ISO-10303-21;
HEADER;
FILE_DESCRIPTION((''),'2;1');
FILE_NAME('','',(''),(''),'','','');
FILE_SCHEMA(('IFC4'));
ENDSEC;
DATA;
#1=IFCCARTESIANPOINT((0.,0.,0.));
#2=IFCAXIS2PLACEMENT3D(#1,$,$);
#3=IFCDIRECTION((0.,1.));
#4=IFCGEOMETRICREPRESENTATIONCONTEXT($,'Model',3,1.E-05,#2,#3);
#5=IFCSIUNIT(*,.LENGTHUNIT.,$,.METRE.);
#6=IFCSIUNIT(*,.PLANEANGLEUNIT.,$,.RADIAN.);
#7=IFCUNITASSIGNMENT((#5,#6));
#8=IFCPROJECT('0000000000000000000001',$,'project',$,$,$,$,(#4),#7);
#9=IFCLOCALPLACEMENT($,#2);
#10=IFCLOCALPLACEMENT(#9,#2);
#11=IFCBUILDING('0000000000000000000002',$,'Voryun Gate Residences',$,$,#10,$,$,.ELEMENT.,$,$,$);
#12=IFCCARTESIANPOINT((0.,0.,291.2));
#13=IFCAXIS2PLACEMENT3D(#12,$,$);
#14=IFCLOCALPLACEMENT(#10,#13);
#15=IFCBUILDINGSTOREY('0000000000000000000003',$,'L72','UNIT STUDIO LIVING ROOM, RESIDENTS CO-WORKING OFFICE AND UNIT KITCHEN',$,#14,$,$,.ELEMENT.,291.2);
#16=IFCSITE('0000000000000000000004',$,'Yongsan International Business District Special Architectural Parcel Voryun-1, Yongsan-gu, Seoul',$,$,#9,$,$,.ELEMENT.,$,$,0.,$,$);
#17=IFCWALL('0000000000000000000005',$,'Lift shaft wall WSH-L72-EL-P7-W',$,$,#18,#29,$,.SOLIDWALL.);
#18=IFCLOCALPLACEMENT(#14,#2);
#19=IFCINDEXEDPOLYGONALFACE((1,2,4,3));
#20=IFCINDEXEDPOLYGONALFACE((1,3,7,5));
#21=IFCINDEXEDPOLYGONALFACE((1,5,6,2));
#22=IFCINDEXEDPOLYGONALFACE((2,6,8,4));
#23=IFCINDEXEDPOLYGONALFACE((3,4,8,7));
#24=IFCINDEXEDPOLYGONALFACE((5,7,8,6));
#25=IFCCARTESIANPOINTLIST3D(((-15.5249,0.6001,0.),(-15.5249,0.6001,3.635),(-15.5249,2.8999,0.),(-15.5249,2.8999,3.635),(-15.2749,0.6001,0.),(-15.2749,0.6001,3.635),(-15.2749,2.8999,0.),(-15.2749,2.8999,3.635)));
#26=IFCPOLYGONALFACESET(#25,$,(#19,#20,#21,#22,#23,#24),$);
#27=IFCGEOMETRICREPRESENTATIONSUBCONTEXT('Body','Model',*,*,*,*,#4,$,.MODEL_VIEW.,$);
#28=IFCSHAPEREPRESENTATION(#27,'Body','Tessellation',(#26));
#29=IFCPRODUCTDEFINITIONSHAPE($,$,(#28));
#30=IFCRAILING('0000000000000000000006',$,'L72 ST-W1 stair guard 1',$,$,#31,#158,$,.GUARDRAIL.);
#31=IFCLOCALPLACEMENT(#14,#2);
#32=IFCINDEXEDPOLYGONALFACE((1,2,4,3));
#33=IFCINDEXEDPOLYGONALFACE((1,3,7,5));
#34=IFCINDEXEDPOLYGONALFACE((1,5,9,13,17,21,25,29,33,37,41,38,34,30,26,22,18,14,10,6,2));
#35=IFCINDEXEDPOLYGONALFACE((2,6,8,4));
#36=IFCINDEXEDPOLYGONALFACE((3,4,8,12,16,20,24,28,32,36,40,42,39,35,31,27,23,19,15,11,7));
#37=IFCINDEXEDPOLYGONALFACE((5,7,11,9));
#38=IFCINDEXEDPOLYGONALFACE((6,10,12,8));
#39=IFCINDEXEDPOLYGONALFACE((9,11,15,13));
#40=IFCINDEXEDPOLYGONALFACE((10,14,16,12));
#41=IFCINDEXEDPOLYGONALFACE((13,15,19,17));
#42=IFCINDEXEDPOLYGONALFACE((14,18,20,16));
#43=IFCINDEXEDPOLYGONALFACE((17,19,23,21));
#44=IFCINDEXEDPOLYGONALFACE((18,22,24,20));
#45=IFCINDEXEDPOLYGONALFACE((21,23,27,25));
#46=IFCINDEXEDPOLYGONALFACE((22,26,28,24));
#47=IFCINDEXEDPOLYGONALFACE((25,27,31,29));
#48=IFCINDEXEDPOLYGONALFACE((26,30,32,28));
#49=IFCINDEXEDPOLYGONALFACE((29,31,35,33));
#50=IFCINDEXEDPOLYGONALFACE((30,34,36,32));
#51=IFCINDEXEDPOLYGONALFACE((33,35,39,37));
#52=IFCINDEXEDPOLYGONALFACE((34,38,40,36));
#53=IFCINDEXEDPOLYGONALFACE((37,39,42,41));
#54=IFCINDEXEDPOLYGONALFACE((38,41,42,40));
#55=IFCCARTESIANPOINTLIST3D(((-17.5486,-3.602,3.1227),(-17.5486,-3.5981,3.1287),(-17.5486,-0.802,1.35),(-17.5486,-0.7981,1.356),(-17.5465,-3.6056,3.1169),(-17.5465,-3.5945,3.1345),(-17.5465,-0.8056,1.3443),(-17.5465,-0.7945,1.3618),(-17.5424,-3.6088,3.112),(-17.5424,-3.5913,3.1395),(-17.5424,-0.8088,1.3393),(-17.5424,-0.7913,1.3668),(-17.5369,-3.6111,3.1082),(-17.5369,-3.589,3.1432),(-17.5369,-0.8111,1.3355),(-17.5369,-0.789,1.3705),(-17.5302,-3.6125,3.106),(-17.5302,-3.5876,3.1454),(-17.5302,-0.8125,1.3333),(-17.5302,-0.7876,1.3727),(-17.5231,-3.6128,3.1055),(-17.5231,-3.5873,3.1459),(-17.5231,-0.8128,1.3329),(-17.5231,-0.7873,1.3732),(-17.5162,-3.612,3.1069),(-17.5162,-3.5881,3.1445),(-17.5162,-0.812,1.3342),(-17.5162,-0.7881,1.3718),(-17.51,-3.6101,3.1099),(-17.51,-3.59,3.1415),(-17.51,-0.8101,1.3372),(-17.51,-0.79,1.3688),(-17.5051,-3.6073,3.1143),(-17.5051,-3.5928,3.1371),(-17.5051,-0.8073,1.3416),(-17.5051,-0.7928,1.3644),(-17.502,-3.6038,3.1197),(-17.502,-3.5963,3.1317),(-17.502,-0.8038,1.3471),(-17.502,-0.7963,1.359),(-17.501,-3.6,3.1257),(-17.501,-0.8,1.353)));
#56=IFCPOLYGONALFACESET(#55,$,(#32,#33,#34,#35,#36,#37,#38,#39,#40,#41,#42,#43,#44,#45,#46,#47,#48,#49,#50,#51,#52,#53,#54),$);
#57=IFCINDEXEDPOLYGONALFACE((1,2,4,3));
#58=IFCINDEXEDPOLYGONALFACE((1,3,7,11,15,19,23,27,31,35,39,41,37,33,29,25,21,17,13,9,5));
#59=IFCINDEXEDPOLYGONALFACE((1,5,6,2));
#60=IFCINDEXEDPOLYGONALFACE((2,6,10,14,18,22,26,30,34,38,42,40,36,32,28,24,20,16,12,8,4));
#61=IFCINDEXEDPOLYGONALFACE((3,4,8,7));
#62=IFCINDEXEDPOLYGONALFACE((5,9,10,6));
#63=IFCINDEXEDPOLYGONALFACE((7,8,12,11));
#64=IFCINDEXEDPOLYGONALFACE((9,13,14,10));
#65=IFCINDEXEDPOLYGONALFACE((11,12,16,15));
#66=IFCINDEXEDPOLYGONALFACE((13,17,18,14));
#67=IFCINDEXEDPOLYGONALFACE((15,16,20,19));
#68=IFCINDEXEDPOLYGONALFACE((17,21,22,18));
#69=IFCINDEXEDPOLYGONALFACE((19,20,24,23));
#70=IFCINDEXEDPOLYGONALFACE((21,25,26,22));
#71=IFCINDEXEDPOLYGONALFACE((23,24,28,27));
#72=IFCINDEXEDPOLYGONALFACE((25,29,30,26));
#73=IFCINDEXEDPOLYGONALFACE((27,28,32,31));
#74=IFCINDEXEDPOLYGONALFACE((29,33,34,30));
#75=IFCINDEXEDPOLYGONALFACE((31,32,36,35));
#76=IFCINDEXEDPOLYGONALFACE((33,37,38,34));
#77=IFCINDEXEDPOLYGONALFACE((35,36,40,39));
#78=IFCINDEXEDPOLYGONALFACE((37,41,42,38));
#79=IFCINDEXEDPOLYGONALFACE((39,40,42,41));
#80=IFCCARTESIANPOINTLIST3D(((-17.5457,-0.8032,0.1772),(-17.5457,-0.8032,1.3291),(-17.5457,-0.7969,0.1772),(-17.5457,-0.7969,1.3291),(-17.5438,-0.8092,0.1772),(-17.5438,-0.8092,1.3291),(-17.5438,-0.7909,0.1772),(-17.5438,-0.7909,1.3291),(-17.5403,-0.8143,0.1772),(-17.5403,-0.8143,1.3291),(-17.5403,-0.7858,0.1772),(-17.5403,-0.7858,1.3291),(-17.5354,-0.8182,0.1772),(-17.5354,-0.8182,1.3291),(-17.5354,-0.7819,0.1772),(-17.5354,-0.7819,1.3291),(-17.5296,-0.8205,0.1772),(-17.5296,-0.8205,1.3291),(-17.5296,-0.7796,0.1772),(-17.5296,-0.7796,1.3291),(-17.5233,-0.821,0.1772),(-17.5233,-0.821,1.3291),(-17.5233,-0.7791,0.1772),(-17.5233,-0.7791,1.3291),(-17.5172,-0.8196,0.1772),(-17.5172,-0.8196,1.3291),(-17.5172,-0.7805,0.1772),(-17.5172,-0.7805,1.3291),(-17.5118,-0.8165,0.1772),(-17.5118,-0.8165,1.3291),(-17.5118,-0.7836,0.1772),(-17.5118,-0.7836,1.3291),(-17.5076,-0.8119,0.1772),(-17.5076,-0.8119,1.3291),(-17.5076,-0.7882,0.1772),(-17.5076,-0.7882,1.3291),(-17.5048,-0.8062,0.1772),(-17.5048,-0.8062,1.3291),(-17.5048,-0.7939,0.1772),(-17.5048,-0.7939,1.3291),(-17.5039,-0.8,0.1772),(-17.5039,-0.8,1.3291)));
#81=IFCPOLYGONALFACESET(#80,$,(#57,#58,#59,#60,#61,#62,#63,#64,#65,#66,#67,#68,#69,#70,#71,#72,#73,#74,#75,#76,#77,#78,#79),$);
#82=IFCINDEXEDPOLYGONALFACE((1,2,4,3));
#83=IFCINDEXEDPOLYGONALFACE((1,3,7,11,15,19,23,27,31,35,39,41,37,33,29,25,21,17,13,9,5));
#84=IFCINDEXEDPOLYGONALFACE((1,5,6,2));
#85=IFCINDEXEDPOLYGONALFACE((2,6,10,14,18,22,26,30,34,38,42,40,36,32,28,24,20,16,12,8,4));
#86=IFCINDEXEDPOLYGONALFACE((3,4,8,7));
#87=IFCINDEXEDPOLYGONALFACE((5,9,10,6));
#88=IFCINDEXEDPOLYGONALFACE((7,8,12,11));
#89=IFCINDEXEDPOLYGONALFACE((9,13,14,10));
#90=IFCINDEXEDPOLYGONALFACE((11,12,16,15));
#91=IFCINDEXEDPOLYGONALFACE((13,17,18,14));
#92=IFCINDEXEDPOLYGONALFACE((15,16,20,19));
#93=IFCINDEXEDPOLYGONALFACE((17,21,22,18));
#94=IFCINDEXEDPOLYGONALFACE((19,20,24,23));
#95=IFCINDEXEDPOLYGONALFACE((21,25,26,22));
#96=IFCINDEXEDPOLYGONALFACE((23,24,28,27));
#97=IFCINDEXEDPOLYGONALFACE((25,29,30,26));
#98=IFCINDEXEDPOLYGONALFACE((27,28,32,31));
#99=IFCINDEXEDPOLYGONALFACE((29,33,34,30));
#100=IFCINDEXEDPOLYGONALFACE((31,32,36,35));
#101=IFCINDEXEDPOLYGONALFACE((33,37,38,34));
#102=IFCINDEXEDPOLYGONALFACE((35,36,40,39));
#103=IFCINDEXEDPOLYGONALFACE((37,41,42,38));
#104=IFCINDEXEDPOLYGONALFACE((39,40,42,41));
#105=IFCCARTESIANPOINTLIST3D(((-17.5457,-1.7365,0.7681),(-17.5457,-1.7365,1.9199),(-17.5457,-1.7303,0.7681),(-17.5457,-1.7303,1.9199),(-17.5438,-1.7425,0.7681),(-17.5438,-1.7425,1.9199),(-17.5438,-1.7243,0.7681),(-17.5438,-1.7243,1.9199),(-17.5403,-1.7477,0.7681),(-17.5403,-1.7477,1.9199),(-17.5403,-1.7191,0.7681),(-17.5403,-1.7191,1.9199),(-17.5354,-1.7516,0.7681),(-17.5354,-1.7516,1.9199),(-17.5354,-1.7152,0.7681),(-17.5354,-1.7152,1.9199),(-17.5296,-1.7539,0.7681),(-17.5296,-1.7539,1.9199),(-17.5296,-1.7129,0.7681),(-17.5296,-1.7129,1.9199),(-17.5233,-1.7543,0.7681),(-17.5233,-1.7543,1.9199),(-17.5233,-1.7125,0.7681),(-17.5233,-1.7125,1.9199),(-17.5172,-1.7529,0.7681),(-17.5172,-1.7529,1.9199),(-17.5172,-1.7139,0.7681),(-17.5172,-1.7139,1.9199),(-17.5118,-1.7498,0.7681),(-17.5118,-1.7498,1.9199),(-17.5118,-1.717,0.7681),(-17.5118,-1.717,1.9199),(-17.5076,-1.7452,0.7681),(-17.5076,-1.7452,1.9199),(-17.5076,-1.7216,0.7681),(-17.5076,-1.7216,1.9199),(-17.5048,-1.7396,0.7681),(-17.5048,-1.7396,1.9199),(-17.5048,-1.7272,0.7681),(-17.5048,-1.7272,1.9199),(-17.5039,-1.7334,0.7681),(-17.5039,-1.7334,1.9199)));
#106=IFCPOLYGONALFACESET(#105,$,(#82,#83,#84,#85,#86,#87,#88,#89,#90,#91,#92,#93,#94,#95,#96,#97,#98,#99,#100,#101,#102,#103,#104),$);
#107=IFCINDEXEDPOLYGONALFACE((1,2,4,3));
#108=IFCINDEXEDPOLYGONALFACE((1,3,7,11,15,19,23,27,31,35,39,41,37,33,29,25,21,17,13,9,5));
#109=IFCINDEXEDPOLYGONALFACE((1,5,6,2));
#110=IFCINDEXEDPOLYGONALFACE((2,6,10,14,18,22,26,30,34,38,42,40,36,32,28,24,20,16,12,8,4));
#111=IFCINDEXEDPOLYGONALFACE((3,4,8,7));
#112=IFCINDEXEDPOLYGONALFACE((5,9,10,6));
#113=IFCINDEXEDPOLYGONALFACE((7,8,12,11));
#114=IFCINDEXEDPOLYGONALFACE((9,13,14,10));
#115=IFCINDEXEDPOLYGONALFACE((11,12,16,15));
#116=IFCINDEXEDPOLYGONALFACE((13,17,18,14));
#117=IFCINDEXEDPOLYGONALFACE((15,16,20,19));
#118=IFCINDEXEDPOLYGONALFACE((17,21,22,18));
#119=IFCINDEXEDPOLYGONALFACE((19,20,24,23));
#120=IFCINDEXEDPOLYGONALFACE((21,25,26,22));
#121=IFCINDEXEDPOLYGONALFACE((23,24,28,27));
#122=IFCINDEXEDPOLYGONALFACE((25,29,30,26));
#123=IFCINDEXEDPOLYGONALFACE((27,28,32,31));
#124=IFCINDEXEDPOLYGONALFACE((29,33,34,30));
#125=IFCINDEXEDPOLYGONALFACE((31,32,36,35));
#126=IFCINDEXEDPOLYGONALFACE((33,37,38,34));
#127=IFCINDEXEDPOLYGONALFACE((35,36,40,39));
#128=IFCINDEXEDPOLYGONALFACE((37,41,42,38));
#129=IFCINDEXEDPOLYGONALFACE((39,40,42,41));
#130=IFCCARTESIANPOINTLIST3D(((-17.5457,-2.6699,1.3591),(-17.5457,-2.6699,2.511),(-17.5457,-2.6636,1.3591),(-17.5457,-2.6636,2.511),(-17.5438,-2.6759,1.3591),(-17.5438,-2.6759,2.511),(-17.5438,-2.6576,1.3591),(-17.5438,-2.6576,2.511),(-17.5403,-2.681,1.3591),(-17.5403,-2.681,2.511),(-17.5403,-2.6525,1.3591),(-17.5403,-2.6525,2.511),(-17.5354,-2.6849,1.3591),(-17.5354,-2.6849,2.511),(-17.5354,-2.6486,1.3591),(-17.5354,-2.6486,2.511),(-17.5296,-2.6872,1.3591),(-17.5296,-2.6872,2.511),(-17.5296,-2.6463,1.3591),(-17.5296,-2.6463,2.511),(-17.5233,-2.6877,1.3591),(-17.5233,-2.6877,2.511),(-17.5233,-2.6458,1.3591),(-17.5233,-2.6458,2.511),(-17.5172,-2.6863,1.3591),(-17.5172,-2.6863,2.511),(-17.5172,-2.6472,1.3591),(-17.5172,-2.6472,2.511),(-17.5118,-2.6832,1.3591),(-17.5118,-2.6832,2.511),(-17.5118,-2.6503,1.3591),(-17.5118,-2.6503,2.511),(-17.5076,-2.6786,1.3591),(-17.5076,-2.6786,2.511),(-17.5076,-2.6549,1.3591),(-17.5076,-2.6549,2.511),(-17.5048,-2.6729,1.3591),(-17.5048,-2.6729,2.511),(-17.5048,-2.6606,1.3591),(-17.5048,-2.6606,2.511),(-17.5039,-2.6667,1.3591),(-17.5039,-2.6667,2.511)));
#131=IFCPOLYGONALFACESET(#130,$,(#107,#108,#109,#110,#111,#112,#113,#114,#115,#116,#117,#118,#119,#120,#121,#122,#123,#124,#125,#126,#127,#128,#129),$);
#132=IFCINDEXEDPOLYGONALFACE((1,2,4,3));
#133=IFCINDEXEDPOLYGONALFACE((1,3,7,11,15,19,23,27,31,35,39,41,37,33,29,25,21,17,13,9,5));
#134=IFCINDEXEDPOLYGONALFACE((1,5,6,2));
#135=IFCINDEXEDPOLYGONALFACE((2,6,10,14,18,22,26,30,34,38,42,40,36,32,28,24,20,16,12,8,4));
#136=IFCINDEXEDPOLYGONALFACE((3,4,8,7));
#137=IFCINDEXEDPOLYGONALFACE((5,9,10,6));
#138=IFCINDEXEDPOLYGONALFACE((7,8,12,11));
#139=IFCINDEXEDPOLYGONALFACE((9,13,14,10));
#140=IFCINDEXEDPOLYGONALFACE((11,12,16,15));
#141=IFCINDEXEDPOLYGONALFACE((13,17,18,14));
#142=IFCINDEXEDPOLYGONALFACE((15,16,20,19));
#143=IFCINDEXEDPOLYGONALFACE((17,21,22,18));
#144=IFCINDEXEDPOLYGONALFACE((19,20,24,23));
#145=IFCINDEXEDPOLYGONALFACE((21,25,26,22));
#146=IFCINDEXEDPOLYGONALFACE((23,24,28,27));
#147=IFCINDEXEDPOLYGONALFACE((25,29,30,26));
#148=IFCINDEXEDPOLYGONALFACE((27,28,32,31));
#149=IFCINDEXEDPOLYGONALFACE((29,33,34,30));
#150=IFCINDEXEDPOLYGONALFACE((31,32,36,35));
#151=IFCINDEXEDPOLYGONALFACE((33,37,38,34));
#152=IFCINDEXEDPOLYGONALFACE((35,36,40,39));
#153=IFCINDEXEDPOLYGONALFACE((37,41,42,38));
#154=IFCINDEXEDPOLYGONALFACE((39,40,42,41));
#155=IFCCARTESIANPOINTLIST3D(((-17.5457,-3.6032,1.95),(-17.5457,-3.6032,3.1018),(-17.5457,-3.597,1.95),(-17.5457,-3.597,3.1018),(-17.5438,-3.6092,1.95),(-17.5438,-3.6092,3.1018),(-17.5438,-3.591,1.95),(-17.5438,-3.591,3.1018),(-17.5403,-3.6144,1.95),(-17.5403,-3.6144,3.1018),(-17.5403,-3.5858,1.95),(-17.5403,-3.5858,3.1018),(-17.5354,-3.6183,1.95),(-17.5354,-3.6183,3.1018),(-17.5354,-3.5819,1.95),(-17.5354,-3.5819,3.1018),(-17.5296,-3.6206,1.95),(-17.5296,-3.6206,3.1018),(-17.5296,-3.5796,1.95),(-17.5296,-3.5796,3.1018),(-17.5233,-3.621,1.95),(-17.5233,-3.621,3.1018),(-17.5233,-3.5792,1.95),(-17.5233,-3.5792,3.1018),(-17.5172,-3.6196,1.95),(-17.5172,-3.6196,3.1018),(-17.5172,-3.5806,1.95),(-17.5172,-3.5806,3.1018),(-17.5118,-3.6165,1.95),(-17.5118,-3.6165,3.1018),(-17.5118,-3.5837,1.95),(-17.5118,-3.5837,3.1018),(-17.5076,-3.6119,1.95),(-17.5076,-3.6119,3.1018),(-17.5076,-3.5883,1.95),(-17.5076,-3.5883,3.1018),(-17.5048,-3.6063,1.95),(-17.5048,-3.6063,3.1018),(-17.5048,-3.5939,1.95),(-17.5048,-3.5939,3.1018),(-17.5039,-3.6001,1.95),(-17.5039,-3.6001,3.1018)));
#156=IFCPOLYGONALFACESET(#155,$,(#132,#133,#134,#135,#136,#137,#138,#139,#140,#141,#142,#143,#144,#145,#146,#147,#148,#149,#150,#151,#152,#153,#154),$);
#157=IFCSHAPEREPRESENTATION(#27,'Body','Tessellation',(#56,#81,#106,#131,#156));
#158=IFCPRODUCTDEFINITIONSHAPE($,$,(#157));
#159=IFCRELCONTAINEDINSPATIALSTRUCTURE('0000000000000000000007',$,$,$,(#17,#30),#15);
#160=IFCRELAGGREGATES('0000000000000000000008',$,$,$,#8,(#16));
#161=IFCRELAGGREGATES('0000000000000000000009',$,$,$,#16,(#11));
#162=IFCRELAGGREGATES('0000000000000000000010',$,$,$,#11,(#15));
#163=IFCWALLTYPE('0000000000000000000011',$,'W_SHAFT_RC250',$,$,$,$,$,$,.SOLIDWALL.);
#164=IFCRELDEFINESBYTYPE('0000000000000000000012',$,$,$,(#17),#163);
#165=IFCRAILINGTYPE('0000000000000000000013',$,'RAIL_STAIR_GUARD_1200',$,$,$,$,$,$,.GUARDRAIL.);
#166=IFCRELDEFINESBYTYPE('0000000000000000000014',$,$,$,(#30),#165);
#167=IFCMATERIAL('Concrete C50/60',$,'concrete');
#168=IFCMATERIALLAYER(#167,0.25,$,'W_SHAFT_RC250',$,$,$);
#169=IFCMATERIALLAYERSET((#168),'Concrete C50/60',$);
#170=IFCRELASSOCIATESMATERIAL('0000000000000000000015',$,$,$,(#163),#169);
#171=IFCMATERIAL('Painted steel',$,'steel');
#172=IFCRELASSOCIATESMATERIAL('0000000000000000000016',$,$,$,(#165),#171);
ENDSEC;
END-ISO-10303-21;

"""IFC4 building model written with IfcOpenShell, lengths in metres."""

from ifc_helpers import new_model, si_unit, direction, frame, frame_2d, origin, origin_2d, place, context, subcontext, project, spatial, rectangle, circle, extrude, material, layer, layer_set, type_object, element, save


model = new_model("IFC4")

# Units and contexts
model_context = context("Model", 3, precision=1e-05, world=origin(), true_north=direction((0.0, 1.0)))
body_context = subcontext(model_context, "Body", "Model", "MODEL_VIEW")
ifc_project = project(units=[si_unit("LENGTHUNIT", "METRE"), si_unit("PLANEANGLEUNIT", "RADIAN")], contexts=[model_context])

# Site, building, storey
site_placement = place(None, origin())
site = spatial("IfcSite", under=ifc_project, at=site_placement, Name="Yongsan International Business District Special Architectural Parcel Voryun-1, Yongsan-gu, Seoul", CompositionType="ELEMENT", RefElevation=0.0)
building_placement = place(site_placement, origin())
building = spatial("IfcBuilding", under=site, at=building_placement, Name="Voryun Gate Residences", CompositionType="ELEMENT")
storey_placement = place(building_placement, frame((0.0, 0.0, 291.2)))
storey = spatial("IfcBuildingStorey", under=building, at=storey_placement, Name="L72", Description="UNIT STUDIO LIVING ROOM, RESIDENTS CO-WORKING OFFICE AND UNIT KITCHEN", CompositionType="ELEMENT", Elevation=291.2)

# Shared definitions
ifc_material_1 = material(Name="Concrete C50/60", Category="concrete")
ifc_layer_1 = layer(ifc_material_1, 0.25, Name="W_SHAFT_RC250")
ifc_layer_set_1 = layer_set([ifc_layer_1], Name="Concrete C50/60")
wall_type_1 = type_object("IfcWallType", Name="W_SHAFT_RC250", PredefinedType="SOLIDWALL", material=ifc_layer_set_1)

# Wall
wall_1_placement = place(storey_placement, frame((-15.3999, 2.8999, 0.0), z_axis=(0.0, 0.0, 1.0), x_axis=(0.0, -1.0, 0.0)))
element("IfcWall", 1, at=wall_1_placement, inside=storey, type_object=wall_type_1, Name="Lift shaft wall WSH-L72-EL-P7-W", PredefinedType="SOLIDWALL", context=body_context, shape_type="SweptSolid", body=[
    extrude(rectangle(XDim=2.2998, YDim=0.25, at=frame_2d((1.1499, 0.0))), origin(), (0.0, 0.0, 1.0), 3.635),
])

# Railing
ifc_material_2 = material(Name="Painted steel", Category="steel")
railing_type = type_object("IfcRailingType", Name="RAIL_STAIR_GUARD_1200", PredefinedType="GUARDRAIL", material=ifc_material_2)
railing_1_placement = place(storey_placement, frame((-17.5249, -0.8, 0.1772)))
element("IfcRailing", 2, at=railing_1_placement, inside=storey, type_object=railing_type, Name="L72 ST-W1 stair guard 1", PredefinedType="GUARDRAIL", context=body_context, shape_type="SweptSolid", body=[
    extrude(circle(Radius=0.0239, at=origin_2d()), frame((0.0, 0.0, 1.1758), z_axis=(0.0, -0.844909, 0.53491), x_axis=(1.0, 0.0, 0.0)), (0.0, 0.0, 1.0), 3.314),
    extrude(circle(Radius=0.021, at=origin_2d()), origin(), (0.0, 0.0, 1.0), 1.1519),
    extrude(circle(Radius=0.021, at=origin_2d()), frame((0.0, -0.9333, 0.5908)), (0.0, 0.0, 1.0), 1.1519),
    extrude(circle(Radius=0.021, at=origin_2d()), frame((0.0, -1.8667, 1.1819)), (0.0, 0.0, 1.0), 1.1519),
    extrude(circle(Radius=0.021, at=origin_2d()), frame((0.0, -2.8, 1.7727)), (0.0, 0.0, 1.0), 1.1519),
])

save(model, "model.ifc")
